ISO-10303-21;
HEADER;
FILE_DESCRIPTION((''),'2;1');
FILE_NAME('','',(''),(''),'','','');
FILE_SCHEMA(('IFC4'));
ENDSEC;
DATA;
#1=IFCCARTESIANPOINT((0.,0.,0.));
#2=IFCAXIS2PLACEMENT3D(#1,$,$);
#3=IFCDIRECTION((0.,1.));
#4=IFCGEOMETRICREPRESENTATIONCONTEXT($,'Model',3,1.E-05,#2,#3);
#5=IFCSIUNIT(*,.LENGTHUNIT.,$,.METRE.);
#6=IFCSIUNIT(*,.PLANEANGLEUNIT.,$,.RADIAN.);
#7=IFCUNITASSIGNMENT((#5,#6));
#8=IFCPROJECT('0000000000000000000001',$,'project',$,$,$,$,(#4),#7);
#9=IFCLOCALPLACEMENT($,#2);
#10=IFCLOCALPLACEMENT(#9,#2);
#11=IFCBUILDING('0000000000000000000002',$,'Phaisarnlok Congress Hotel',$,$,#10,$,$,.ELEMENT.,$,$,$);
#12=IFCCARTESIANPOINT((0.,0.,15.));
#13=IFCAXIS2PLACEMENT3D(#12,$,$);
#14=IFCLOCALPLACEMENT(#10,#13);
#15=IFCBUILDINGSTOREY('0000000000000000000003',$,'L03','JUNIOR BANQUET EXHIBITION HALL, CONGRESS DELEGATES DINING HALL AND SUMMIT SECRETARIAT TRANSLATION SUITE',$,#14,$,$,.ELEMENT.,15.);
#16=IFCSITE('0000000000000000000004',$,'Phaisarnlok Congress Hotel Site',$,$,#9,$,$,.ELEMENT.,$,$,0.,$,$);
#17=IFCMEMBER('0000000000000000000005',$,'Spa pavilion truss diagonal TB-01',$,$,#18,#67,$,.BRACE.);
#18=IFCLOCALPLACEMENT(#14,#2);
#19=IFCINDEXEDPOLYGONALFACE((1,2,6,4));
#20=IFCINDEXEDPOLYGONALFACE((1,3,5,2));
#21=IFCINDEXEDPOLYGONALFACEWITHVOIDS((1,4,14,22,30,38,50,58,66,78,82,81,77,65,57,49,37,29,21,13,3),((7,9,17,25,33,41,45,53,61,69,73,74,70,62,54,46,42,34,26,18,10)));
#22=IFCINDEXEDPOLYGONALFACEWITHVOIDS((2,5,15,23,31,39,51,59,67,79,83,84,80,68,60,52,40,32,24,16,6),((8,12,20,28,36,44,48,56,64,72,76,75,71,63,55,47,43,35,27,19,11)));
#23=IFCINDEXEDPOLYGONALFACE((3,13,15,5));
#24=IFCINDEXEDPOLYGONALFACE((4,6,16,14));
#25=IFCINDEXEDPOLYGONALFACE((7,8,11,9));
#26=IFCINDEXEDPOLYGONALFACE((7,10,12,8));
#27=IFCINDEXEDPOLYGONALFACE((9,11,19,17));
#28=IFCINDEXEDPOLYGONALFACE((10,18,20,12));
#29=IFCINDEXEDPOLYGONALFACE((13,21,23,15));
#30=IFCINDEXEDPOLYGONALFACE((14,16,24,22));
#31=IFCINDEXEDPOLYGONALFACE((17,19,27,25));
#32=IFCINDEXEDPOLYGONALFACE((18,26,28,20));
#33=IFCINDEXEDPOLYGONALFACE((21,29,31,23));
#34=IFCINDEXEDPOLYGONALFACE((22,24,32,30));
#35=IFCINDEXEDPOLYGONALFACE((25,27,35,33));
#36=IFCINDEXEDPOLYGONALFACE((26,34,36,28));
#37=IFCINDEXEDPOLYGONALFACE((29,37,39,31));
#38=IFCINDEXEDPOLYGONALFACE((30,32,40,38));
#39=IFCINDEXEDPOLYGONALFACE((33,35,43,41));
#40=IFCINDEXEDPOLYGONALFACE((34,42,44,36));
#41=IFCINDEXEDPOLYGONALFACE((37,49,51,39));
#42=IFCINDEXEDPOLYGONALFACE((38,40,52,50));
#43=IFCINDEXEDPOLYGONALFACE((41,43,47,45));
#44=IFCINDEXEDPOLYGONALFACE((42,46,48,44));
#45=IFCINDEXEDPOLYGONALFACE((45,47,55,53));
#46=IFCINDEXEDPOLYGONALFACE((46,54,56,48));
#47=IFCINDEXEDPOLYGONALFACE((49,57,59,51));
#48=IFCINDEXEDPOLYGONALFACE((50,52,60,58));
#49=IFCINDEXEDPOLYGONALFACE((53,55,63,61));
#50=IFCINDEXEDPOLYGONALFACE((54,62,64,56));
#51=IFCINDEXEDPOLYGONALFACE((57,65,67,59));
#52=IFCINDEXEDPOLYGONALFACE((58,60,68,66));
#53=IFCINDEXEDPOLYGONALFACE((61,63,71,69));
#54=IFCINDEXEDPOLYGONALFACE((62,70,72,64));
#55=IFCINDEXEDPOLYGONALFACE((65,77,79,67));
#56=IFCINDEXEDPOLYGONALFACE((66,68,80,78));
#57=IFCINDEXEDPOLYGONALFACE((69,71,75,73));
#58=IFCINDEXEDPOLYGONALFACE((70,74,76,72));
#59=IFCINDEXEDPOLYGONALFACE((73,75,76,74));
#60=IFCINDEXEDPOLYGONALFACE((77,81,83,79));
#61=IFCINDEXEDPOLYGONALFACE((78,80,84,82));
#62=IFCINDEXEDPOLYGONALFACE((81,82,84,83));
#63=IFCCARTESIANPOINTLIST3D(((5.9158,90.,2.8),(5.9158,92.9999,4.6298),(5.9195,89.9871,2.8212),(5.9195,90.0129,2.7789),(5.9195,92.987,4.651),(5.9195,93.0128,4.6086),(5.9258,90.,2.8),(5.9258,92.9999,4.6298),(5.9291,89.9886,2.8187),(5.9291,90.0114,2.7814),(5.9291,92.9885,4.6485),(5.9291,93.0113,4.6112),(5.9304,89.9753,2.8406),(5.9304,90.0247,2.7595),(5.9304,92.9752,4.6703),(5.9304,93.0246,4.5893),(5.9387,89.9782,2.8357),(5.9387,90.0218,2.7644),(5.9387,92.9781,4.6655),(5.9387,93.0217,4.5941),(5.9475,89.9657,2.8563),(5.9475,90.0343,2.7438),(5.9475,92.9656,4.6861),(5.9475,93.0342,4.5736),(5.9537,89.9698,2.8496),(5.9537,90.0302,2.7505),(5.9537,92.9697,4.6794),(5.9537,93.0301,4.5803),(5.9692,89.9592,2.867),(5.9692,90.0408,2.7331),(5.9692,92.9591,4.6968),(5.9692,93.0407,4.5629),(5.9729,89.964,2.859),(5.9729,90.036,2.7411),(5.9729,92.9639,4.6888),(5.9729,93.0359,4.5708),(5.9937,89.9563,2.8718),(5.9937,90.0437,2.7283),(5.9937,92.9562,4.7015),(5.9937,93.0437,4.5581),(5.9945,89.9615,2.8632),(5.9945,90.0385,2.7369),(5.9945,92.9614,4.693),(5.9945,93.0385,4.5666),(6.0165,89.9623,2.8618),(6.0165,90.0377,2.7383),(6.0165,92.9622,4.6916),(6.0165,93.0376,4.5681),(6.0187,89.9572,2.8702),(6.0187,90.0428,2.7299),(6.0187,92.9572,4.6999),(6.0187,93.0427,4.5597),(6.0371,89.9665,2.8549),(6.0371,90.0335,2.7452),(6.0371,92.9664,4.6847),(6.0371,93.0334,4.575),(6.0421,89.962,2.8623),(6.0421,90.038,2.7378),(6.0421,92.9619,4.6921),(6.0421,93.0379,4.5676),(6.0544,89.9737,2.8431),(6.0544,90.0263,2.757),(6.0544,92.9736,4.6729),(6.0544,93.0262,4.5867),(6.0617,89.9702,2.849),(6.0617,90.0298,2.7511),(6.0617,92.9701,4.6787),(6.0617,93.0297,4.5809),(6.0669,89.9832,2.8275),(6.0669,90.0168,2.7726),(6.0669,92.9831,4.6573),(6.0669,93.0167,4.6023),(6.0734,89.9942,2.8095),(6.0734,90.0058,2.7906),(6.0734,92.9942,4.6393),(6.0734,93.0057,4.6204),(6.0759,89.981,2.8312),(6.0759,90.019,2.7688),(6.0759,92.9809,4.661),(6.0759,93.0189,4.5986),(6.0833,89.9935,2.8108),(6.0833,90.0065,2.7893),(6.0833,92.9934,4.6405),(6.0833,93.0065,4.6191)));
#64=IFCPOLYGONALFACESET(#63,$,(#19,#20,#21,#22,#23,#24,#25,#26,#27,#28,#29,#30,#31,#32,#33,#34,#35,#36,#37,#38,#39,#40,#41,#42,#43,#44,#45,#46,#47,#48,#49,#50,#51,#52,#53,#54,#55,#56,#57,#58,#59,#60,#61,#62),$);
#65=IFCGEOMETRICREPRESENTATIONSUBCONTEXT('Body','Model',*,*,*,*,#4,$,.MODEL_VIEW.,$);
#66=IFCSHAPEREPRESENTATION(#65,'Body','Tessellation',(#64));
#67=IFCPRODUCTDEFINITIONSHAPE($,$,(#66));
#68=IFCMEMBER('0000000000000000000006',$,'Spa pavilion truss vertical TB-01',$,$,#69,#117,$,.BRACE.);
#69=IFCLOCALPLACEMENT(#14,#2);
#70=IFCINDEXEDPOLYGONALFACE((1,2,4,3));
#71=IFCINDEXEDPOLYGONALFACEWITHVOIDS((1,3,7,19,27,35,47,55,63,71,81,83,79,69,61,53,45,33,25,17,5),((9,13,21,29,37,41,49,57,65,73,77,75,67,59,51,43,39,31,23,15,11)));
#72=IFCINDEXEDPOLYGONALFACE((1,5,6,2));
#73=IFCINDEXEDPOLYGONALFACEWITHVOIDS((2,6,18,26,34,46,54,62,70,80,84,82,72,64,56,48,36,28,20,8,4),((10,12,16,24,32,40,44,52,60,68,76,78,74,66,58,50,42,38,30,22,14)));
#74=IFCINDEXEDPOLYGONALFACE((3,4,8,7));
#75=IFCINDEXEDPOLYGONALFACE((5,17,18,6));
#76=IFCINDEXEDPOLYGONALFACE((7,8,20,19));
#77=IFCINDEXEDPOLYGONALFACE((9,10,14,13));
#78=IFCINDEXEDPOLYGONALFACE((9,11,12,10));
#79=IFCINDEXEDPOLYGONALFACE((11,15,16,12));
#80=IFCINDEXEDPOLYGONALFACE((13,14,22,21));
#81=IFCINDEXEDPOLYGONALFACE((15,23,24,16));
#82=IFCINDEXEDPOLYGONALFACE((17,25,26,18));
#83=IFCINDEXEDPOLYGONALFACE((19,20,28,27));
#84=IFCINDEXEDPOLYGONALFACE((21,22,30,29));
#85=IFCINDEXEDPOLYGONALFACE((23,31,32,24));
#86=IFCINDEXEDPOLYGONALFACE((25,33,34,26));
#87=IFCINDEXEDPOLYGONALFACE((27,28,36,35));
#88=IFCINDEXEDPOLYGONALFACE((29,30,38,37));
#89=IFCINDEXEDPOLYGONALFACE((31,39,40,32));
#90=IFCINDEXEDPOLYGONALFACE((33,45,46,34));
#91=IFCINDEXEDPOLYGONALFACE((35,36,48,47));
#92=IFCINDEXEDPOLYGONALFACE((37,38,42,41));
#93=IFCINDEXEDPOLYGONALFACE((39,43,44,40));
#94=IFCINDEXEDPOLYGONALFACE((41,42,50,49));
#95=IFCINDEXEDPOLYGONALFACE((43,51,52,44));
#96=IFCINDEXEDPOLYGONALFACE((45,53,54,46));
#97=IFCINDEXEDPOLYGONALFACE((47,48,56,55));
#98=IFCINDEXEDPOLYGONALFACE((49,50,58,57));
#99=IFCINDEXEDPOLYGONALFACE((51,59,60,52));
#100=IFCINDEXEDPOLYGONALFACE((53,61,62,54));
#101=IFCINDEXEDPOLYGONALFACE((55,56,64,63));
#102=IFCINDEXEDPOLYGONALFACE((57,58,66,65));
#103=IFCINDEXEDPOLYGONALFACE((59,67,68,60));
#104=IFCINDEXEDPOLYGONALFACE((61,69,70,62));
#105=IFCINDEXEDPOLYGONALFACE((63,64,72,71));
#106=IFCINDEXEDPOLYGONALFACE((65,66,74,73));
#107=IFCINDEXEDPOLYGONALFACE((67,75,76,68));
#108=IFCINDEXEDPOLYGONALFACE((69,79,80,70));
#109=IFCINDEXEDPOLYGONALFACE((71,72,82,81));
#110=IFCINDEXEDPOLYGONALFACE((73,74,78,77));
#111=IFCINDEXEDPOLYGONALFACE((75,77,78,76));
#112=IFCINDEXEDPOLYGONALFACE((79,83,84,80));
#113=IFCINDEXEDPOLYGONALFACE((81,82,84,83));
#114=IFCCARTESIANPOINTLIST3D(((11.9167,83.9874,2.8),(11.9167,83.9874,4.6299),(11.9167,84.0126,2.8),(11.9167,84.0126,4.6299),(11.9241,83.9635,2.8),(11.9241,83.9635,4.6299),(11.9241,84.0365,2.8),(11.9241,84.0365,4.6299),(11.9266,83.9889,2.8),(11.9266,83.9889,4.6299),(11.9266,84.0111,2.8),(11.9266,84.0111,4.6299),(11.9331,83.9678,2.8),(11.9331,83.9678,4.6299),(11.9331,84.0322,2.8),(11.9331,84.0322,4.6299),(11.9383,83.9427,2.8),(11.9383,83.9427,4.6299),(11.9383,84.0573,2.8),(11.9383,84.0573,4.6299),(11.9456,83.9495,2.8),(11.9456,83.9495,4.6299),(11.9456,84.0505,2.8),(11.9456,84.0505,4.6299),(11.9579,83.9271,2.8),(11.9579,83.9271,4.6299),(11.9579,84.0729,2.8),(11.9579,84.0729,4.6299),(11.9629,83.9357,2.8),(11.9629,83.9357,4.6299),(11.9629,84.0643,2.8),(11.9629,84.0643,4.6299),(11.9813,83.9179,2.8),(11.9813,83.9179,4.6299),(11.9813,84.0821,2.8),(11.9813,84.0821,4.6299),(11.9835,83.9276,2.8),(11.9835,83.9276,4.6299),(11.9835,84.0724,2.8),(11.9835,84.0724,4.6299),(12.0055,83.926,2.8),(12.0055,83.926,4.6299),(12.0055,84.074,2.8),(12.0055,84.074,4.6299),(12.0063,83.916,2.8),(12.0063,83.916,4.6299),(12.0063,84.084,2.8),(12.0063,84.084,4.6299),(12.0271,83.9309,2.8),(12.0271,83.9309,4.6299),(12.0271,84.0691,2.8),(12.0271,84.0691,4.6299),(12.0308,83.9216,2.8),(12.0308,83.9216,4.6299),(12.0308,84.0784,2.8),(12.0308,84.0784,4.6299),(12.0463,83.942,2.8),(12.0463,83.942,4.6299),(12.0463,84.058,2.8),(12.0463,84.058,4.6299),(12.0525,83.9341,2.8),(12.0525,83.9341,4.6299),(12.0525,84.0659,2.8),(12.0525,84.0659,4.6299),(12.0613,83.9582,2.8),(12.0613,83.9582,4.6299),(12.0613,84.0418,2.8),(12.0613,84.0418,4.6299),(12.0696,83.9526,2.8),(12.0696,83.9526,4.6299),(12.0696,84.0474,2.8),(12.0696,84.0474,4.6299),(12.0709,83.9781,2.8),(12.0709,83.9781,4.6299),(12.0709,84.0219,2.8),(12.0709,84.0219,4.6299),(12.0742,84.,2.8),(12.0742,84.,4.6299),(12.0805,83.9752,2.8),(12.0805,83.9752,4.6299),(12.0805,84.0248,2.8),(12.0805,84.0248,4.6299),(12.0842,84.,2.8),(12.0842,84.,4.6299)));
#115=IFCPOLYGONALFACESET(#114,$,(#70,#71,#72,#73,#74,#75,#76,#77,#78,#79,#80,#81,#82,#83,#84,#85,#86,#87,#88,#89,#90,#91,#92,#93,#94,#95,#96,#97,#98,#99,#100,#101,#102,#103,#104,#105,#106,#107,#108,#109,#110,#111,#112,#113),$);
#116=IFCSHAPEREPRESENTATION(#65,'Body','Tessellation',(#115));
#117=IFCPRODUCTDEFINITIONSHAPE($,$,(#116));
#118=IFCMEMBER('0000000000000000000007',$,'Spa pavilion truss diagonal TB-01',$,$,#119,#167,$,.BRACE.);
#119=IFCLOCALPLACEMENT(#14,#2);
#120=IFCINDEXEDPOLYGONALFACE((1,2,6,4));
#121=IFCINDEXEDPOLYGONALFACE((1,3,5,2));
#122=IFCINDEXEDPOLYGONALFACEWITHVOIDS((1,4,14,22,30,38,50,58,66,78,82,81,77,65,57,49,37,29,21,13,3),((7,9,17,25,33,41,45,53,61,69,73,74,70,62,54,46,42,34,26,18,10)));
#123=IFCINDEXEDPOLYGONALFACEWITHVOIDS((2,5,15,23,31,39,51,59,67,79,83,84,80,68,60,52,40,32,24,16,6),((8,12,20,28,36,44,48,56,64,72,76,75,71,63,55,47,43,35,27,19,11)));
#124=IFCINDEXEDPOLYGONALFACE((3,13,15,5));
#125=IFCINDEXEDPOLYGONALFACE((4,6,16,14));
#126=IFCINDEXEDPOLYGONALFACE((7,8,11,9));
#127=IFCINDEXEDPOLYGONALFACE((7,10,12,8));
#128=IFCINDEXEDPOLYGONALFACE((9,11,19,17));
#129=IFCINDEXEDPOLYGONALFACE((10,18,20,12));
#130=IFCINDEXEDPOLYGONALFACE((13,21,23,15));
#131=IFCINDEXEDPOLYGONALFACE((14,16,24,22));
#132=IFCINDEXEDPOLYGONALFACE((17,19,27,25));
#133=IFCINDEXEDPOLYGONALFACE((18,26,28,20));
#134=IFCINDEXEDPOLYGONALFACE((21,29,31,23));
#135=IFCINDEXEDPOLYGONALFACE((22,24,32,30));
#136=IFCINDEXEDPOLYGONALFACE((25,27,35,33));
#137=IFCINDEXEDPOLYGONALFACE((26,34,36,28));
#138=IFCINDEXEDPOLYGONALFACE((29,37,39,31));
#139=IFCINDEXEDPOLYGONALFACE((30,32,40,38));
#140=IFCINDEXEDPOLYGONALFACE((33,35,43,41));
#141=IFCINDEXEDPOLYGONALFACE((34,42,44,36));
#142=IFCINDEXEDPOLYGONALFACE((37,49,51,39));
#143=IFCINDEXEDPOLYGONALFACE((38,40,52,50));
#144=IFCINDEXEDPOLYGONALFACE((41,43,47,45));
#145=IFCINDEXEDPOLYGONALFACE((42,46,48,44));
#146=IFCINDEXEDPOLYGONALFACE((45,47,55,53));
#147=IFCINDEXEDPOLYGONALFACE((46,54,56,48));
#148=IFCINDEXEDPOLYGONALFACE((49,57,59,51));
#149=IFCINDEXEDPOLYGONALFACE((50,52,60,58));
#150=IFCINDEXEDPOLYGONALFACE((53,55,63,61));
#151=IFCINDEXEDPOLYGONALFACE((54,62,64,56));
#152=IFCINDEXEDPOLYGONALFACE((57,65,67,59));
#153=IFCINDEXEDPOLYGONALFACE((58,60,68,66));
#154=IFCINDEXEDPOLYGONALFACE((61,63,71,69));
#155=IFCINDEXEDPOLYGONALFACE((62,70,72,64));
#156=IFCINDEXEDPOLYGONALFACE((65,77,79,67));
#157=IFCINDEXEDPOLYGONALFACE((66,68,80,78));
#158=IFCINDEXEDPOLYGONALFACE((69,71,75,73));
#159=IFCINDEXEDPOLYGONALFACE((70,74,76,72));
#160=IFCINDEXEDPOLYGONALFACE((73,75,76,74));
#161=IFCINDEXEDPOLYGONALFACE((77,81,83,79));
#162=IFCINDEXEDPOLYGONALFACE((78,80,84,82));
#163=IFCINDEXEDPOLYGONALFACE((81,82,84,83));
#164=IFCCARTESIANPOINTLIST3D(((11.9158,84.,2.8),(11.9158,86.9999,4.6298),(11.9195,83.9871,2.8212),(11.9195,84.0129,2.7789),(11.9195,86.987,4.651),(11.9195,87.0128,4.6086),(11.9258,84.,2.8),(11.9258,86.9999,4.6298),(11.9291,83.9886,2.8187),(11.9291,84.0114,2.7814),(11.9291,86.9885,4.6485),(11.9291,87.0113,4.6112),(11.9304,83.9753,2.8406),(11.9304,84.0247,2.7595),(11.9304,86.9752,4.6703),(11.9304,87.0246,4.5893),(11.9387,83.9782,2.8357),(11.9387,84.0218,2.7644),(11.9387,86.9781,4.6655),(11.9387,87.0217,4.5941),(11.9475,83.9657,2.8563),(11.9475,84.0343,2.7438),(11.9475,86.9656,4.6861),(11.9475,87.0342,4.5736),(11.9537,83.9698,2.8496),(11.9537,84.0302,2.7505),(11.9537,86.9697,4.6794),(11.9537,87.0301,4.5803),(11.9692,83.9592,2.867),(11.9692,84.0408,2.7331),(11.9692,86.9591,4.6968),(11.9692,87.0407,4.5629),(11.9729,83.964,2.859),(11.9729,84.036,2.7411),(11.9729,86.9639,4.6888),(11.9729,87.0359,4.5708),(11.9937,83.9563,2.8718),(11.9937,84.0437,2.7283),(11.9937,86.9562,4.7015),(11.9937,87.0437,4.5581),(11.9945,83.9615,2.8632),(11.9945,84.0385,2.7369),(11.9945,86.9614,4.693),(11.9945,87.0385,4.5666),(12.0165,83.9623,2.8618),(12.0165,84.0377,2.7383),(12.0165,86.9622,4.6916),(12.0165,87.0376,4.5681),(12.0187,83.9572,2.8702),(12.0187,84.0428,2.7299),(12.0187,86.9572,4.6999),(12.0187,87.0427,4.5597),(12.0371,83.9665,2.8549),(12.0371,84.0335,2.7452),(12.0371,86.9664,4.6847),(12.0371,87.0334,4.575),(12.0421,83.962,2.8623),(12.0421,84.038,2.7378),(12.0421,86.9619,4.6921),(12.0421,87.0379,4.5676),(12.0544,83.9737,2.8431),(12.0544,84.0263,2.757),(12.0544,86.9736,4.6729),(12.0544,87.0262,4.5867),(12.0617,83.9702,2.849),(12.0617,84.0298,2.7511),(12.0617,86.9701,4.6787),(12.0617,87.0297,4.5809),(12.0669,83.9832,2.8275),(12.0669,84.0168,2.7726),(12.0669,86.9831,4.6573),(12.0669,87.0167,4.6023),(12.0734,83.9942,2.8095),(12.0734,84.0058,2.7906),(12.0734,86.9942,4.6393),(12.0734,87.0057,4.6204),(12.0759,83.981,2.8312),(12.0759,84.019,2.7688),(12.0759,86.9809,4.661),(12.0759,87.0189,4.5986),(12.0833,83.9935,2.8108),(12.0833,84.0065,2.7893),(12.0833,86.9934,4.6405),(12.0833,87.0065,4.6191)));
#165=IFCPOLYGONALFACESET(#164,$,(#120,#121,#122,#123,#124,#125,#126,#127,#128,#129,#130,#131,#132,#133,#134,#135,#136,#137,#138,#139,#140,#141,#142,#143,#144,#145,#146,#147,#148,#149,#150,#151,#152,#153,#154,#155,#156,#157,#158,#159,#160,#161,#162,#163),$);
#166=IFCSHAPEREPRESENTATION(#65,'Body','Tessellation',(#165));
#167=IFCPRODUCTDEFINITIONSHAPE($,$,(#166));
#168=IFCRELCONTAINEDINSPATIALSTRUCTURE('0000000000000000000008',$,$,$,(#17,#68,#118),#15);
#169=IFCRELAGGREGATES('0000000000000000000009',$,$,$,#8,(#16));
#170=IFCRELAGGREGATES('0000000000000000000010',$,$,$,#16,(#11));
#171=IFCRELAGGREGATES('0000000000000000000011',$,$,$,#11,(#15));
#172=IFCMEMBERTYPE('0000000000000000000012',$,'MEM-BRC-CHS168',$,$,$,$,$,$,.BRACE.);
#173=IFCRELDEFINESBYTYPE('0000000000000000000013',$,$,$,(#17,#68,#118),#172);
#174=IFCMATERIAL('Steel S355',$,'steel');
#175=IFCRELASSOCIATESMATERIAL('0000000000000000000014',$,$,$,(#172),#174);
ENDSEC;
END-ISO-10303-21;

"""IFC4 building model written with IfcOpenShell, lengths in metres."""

from ifc_helpers import new_model, si_unit, direction, frame, origin, origin_2d, place, context, subcontext, project, spatial, hollow_circle, extrude, material, material_profile, profile_set, type_object, element, save


model = new_model("IFC4")

# Units and contexts
model_context = context("Model", 3, precision=1e-05, world=origin(), true_north=direction((0.0, 1.0)))
body_context = subcontext(model_context, "Body", "Model", "MODEL_VIEW")
ifc_project = project(units=[si_unit("LENGTHUNIT", "METRE"), si_unit("PLANEANGLEUNIT", "RADIAN")], contexts=[model_context])

# Site, building, storey
site_placement = place(None, origin())
site = spatial("IfcSite", under=ifc_project, at=site_placement, Name="Phaisarnlok Congress Hotel Site", CompositionType="ELEMENT", RefElevation=0.0)
building_placement = place(site_placement, origin())
building = spatial("IfcBuilding", under=site, at=building_placement, Name="Phaisarnlok Congress Hotel", CompositionType="ELEMENT")
storey_placement = place(building_placement, frame((0.0, 0.0, 15.0)))
storey = spatial("IfcBuildingStorey", under=building, at=storey_placement, Name="L03", Description="JUNIOR BANQUET EXHIBITION HALL, CONGRESS DELEGATES DINING HALL AND SUMMIT SECRETARIAT TRANSLATION SUITE", CompositionType="ELEMENT", Elevation=15.0)

# Members
ifc_material_1 = material(Name="Steel S355", Category="steel")
ifc_material_profile_1 = material_profile(ifc_material_1, hollow_circle(Radius=0.0842, WallThickness=0.01, at=origin_2d()), Name="CHS 168.3x10")
ifc_profile_set_1 = profile_set([ifc_material_profile_1], Name="Steel S355")
member_type_1 = type_object("IfcMemberType", Name="MEM-BRC-CHS168", PredefinedType="BRACE", material=ifc_profile_set_1)
member_1_placement = place(storey_placement, frame((6.0, 90.0, 2.8), z_axis=(0.0, 0.853725, 0.520725), x_axis=(-1.0, 0.0, 0.0)))
element("IfcMember", 1, at=member_1_placement, inside=storey, type_object=member_type_1, Name="Spa pavilion truss diagonal TB-01", PredefinedType="BRACE", context=body_context, shape_type="SweptSolid", body=[
    extrude(hollow_circle(Radius=0.0842, WallThickness=0.01, at=origin_2d()), origin(), (0.0, 0.0, 1.0), 3.5139),
])
member_2_placement = place(storey_placement, frame((12.0, 84.0, 2.8), z_axis=(0.0, 0.0, 1.0), x_axis=(1.0, 0.0, 0.0)))
element("IfcMember", 2, at=member_2_placement, inside=storey, type_object=member_type_1, Name="Spa pavilion truss vertical TB-01", PredefinedType="BRACE", context=body_context, shape_type="SweptSolid", body=[
    extrude(hollow_circle(Radius=0.0842, WallThickness=0.01, at=origin_2d()), origin(), (0.0, 0.0, 1.0), 1.8298),
])
for number, where, z_axis, x_axis, name in (
    (3, (12.0, 84.0, 2.8), (0.0, 0.853725, 0.520725), (-1.0, 0.0, 0.0), "Spa pavilion truss diagonal TB-01"),
):
    element("IfcMember", number, at=place(storey_placement, frame(where, z_axis=z_axis, x_axis=x_axis)), inside=storey, type_object=member_type_1, Name=name, PredefinedType="BRACE", context=body_context, shape_type="SweptSolid", body=[
        extrude(hollow_circle(Radius=0.0842, WallThickness=0.01, at=origin_2d()), origin(), (0.0, 0.0, 1.0), 3.5139),
    ])

save(model, "model.ifc")
